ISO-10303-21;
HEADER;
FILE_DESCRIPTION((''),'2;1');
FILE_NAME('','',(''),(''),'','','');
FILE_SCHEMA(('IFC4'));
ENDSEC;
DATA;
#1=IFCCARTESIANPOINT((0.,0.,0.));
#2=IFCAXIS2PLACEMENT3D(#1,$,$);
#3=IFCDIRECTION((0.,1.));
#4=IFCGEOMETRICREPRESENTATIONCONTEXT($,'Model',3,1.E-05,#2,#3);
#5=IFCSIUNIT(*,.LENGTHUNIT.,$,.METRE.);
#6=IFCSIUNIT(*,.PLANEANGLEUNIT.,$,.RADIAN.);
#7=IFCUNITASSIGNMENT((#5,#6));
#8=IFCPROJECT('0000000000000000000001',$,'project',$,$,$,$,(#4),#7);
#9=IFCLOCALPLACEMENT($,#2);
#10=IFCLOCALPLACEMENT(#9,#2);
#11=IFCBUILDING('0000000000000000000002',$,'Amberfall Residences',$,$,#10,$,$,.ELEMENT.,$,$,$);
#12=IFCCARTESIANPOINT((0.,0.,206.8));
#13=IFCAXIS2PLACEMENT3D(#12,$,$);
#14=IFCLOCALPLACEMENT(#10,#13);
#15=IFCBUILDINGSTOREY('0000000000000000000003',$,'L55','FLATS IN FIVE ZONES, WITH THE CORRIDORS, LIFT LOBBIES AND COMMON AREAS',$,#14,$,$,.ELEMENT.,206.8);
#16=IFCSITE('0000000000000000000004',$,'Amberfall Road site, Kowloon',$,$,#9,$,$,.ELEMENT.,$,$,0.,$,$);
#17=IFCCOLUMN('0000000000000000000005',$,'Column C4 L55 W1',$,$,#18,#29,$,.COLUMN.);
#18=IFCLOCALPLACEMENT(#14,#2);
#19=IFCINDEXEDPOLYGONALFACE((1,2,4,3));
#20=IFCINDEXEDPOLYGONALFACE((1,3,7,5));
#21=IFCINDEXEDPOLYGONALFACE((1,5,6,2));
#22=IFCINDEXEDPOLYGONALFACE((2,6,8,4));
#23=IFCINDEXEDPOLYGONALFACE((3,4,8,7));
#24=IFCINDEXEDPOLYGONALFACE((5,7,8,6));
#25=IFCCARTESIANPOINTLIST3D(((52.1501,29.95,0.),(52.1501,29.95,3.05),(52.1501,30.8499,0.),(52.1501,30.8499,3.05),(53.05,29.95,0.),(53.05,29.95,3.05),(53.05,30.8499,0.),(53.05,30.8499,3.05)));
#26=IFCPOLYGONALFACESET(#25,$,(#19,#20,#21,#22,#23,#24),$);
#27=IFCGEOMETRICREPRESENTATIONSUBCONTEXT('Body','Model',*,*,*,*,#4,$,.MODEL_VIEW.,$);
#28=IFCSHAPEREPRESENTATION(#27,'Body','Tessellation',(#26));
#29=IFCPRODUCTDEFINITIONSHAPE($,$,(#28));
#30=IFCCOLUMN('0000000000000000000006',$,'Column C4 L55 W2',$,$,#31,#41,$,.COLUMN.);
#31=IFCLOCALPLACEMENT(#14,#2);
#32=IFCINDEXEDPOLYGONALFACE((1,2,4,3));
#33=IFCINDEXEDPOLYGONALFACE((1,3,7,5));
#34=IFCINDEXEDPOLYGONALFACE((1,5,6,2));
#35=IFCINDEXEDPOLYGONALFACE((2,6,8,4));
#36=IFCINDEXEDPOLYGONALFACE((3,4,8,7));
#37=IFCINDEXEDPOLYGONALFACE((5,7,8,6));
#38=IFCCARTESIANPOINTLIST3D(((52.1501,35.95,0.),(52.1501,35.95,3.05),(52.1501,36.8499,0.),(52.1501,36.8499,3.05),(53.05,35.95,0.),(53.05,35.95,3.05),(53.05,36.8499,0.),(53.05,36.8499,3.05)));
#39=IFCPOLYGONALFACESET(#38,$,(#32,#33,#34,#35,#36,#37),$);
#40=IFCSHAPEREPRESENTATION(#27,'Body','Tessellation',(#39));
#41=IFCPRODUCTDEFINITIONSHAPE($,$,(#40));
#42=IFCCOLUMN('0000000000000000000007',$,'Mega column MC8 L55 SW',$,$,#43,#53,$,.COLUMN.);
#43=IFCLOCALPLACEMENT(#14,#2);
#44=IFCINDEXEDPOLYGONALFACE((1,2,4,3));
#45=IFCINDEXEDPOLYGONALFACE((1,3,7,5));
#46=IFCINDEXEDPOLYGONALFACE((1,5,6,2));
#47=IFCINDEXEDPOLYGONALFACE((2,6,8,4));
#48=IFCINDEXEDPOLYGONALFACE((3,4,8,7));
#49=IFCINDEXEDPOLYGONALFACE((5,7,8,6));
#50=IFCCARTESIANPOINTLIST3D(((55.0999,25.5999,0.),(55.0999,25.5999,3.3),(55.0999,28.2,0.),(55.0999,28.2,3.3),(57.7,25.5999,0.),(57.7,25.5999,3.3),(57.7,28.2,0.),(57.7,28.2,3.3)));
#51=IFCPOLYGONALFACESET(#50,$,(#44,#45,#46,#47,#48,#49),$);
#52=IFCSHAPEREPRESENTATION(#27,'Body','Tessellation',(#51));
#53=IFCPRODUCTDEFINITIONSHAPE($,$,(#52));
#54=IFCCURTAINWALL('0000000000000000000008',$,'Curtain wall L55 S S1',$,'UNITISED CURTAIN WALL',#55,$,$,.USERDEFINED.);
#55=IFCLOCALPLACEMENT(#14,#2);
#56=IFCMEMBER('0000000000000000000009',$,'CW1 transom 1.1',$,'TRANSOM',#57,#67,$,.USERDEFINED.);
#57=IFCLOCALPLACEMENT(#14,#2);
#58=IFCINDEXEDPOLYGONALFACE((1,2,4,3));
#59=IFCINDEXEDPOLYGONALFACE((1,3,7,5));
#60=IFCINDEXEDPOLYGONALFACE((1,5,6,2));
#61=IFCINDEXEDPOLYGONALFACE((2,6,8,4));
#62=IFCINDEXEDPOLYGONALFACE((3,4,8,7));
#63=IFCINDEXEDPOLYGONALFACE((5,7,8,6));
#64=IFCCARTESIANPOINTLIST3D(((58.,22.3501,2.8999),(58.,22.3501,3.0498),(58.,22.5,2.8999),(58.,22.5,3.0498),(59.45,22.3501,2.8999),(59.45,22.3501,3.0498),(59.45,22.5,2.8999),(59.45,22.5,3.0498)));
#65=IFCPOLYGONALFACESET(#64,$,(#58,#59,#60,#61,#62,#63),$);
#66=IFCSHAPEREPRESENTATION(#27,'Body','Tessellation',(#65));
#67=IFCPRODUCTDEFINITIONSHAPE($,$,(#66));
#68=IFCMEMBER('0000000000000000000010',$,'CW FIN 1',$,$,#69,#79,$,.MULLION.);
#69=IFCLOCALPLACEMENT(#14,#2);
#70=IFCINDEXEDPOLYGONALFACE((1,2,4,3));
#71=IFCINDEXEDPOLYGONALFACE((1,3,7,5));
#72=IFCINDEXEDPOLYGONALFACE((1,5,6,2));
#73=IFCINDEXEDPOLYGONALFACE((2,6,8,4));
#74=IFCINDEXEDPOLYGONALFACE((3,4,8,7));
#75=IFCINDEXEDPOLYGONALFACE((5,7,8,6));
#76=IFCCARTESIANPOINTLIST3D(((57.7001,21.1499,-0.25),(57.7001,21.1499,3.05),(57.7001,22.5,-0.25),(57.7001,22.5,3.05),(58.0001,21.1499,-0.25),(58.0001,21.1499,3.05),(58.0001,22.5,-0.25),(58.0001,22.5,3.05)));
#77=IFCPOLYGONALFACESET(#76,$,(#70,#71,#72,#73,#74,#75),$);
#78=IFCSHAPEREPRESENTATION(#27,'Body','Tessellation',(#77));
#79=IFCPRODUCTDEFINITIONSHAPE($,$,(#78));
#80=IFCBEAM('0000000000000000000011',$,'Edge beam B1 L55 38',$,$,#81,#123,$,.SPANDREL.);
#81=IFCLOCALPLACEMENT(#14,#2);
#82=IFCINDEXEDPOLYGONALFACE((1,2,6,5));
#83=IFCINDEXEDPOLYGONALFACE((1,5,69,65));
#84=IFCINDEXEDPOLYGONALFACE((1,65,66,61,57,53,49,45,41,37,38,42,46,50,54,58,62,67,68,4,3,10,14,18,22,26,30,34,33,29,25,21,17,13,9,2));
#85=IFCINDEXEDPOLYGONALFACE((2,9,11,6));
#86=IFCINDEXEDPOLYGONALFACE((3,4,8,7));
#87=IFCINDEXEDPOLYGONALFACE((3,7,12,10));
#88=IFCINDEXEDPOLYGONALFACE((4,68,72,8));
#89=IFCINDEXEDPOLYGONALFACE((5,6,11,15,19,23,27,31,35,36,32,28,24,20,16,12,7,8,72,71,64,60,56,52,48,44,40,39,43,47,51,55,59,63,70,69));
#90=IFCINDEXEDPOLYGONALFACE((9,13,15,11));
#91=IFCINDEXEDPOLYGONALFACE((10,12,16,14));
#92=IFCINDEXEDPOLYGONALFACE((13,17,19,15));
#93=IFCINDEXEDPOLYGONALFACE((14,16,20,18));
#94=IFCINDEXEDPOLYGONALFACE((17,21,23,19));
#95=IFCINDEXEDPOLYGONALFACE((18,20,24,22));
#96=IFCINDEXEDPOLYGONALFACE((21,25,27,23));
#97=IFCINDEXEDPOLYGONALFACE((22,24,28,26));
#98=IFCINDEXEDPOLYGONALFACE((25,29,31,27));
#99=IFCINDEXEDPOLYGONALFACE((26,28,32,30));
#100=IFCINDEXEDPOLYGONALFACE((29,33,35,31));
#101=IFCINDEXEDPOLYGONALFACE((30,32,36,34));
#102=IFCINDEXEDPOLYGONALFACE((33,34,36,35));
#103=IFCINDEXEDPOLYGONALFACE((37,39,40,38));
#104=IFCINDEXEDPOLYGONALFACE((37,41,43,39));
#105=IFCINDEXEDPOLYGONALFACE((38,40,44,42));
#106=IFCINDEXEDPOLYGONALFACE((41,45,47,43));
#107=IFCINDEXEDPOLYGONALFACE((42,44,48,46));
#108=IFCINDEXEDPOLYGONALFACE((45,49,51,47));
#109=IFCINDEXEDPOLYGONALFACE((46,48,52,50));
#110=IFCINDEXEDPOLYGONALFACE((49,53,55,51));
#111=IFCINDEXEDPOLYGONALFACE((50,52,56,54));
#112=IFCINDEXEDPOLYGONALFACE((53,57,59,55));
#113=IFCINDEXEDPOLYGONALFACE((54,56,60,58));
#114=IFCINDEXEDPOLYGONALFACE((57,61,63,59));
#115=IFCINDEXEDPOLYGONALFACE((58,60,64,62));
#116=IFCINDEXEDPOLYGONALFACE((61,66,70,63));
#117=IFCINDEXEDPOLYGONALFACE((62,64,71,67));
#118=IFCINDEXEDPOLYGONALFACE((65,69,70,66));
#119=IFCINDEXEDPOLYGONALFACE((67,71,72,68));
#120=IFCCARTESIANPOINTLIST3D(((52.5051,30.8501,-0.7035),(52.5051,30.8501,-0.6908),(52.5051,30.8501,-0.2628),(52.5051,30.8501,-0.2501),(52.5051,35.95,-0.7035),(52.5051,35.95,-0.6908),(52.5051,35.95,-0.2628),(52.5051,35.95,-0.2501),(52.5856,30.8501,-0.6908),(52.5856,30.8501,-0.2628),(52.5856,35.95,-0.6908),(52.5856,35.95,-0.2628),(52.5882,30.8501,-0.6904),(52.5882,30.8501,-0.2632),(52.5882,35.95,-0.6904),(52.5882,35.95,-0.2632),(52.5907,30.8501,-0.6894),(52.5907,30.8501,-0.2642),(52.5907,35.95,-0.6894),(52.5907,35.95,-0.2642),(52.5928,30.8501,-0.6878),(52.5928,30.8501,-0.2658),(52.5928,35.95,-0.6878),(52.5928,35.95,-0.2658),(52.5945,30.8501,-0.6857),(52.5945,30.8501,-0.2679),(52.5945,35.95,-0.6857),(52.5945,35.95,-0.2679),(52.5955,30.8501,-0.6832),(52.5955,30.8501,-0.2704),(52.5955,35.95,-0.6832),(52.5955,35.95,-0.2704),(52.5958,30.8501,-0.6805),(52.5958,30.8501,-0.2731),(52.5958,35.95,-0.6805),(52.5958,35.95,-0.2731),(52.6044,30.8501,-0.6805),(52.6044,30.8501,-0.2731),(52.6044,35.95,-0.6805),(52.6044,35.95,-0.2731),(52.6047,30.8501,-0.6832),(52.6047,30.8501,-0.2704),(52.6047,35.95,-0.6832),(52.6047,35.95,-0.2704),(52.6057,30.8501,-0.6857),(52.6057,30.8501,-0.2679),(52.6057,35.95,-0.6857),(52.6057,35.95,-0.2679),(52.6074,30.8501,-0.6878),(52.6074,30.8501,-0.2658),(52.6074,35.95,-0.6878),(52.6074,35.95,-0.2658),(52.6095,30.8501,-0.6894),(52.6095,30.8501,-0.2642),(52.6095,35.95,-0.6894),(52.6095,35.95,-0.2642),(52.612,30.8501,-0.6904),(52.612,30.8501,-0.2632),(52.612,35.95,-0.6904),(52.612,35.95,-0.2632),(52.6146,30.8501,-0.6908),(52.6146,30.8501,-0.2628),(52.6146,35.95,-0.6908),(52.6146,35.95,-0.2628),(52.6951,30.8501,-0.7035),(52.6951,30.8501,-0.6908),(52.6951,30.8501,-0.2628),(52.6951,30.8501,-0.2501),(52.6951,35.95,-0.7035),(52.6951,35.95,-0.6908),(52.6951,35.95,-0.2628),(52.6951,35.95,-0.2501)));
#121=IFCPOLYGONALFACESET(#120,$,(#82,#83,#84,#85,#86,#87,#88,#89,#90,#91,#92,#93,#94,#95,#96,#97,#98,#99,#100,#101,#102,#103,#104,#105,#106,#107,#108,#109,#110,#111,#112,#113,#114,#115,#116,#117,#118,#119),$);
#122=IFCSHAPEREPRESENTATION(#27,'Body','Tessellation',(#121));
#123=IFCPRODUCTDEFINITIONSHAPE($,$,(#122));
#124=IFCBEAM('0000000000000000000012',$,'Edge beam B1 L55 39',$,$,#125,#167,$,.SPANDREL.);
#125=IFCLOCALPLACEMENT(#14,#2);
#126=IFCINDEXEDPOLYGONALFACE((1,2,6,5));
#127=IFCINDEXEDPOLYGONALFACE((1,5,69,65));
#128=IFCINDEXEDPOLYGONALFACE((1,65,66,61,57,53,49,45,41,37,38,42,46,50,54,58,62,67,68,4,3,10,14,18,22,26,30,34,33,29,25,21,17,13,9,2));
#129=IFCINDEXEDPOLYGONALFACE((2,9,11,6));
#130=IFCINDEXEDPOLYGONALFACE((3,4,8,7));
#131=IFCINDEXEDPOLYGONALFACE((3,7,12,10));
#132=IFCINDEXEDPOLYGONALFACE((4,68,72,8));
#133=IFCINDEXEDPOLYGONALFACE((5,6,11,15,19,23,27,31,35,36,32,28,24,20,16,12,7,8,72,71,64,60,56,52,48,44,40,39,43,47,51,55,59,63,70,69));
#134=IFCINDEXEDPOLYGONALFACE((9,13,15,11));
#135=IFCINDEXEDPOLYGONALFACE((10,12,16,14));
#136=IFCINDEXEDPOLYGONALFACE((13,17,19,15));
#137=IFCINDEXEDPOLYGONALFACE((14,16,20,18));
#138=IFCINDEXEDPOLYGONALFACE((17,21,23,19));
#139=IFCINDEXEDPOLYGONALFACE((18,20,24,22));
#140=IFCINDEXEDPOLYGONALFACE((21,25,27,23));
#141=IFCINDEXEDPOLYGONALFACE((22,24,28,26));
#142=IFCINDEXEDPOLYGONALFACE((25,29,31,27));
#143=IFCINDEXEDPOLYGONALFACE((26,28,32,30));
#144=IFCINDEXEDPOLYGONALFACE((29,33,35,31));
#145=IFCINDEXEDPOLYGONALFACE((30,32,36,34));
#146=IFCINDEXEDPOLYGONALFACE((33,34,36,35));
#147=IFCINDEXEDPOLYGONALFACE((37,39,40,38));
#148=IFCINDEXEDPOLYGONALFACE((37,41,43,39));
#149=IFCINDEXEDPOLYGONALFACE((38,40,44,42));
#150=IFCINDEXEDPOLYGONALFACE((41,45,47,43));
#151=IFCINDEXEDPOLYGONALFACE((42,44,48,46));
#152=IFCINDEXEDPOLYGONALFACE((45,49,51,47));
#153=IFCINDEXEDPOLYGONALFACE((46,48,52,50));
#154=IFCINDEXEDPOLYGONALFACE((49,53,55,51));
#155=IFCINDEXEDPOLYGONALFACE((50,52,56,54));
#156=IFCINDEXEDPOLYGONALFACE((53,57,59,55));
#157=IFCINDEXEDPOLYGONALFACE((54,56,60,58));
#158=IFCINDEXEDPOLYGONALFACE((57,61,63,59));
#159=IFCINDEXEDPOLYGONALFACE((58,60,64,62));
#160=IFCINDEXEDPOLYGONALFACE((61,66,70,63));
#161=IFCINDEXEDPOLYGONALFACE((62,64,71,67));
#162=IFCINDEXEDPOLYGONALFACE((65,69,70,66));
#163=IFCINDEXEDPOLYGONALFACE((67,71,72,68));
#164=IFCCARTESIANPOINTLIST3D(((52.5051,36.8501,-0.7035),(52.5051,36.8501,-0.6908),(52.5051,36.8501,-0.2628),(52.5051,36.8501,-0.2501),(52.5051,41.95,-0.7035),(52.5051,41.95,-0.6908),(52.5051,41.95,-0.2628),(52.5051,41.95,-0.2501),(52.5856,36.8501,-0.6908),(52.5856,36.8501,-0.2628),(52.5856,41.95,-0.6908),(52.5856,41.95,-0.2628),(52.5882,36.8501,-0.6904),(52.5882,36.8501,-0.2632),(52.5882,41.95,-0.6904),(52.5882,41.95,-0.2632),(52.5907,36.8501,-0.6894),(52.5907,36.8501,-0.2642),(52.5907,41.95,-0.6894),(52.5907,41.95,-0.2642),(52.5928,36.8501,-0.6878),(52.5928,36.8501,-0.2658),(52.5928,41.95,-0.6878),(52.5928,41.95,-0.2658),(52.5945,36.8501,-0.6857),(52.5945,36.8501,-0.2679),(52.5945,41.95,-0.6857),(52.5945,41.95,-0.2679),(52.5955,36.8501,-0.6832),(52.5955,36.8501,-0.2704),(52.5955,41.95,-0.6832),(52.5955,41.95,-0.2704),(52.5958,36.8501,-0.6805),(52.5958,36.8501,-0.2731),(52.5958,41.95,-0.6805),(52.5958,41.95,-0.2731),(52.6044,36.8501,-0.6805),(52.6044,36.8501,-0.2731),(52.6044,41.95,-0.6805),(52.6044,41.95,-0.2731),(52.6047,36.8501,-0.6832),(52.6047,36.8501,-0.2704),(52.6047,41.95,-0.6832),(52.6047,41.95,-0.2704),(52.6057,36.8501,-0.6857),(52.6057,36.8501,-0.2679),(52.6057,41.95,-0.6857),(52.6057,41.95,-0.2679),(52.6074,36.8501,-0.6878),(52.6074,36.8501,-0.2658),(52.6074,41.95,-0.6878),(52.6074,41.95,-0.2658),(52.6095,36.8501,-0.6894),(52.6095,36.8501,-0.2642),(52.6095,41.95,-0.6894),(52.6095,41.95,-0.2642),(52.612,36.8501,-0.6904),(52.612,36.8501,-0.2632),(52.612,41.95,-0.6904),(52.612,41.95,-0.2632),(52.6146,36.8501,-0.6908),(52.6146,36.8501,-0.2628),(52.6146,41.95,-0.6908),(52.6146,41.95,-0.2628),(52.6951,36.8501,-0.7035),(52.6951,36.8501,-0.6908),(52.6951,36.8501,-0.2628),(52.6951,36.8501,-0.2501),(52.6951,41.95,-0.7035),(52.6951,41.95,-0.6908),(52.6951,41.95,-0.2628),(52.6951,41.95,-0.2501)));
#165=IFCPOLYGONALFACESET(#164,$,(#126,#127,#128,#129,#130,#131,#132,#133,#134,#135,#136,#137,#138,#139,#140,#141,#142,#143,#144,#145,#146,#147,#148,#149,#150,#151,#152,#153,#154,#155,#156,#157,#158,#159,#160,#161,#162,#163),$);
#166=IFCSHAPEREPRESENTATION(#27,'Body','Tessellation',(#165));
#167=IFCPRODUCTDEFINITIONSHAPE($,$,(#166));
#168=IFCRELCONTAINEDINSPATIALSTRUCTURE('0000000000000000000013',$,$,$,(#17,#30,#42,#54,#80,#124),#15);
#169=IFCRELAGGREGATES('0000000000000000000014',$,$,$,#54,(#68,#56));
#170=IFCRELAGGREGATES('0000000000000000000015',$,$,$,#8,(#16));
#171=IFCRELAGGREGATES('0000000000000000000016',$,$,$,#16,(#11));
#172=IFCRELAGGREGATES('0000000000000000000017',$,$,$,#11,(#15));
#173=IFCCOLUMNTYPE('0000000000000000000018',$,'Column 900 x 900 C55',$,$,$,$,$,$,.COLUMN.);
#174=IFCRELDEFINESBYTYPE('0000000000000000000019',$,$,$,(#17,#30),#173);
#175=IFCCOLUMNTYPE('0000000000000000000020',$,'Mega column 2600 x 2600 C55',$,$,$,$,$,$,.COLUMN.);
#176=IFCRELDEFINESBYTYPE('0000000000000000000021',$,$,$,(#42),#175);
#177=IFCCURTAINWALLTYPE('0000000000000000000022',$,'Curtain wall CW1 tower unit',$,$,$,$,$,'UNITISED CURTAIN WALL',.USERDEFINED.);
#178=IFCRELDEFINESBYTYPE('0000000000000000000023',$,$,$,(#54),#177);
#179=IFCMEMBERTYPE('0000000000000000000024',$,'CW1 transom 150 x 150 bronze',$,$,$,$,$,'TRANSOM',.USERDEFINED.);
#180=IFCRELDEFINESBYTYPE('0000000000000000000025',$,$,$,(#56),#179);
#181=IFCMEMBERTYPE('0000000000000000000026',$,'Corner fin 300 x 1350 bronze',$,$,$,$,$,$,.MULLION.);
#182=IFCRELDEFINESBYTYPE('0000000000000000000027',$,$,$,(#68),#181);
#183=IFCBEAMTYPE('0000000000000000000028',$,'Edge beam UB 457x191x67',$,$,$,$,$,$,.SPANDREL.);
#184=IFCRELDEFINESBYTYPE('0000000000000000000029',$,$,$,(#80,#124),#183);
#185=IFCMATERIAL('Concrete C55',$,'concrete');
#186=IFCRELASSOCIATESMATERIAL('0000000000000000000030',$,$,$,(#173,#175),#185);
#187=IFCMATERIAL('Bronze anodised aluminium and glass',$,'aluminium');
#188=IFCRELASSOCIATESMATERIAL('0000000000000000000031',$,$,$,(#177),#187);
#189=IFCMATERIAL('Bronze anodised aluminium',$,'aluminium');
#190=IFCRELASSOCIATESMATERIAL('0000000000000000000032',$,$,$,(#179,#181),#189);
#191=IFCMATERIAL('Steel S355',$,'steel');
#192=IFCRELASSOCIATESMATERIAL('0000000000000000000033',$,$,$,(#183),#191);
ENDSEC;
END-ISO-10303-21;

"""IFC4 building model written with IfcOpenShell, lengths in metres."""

from ifc_helpers import new_model, si_unit, direction, frame, origin, origin_2d, place, context, subcontext, project, spatial, rectangle, i_section, extrude, material, material_profile, profile_set, type_object, element, aggregate, save


model = new_model("IFC4")

# Units and contexts
model_context = context("Model", 3, precision=1e-05, world=origin(), true_north=direction((0.0, 1.0)))
body_context = subcontext(model_context, "Body", "Model", "MODEL_VIEW")
ifc_project = project(units=[si_unit("LENGTHUNIT", "METRE"), si_unit("PLANEANGLEUNIT", "RADIAN")], contexts=[model_context])

# Site, building, storey
site_placement = place(None, origin())
site = spatial("IfcSite", under=ifc_project, at=site_placement, Name="Amberfall Road site, Kowloon", CompositionType="ELEMENT", RefElevation=0.0)
building_placement = place(site_placement, origin())
building = spatial("IfcBuilding", under=site, at=building_placement, Name="Amberfall Residences", CompositionType="ELEMENT")
storey_placement = place(building_placement, frame((0.0, 0.0, 206.8)))
storey = spatial("IfcBuildingStorey", under=building, at=storey_placement, Name="L55", Description="FLATS IN FIVE ZONES, WITH THE CORRIDORS, LIFT LOBBIES AND COMMON AREAS", CompositionType="ELEMENT", Elevation=206.8)

# Columns
ifc_material_1 = material(Name="Concrete C55", Category="concrete")
ifc_material_profile_1 = material_profile(ifc_material_1, rectangle(XDim=0.8999, YDim=0.8999, at=origin_2d()), Name="Column 900 x 900 C55")
ifc_profile_set_1 = profile_set([ifc_material_profile_1], Name="Concrete C55")
column_type_1 = type_object("IfcColumnType", Name="Column 900 x 900 C55", PredefinedType="COLUMN", material=ifc_profile_set_1)
for number, where, z_axis, x_axis, name in (
    (1, (52.6001, 30.3999, 0.0), (0.0, 0.0, 1.0), (1.0, 0.0, 0.0), "Column C4 L55 W1"),
    (2, (52.6001, 36.3999, 0.0), (0.0, 0.0, 1.0), (1.0, 0.0, 0.0), "Column C4 L55 W2"),
):
    element("IfcColumn", number, at=place(storey_placement, frame(where, z_axis=z_axis, x_axis=x_axis)), inside=storey, type_object=column_type_1, Name=name, PredefinedType="COLUMN", context=body_context, shape_type="SweptSolid", body=[
        extrude(rectangle(XDim=0.8999, YDim=0.8999, at=origin_2d()), origin(), (0.0, 0.0, 1.0), 3.05),
    ])
ifc_material_profile_2 = material_profile(ifc_material_1, rectangle(XDim=2.6001, YDim=2.6001, at=origin_2d()), Name="Mega column 2600 x 2600 C55")
ifc_profile_set_2 = profile_set([ifc_material_profile_2], Name="Concrete C55")
column_type_2 = type_object("IfcColumnType", Name="Mega column 2600 x 2600 C55", PredefinedType="COLUMN", material=ifc_profile_set_2)
column_placement = place(storey_placement, frame((56.3999, 26.8999, 0.0), z_axis=(0.0, 0.0, 1.0), x_axis=(1.0, 0.0, 0.0)))
element("IfcColumn", 3, at=column_placement, inside=storey, type_object=column_type_2, Name="Mega column MC8 L55 SW", PredefinedType="COLUMN", context=body_context, shape_type="SweptSolid", body=[
    extrude(rectangle(XDim=2.6001, YDim=2.6001, at=origin_2d()), origin(), (0.0, 0.0, 1.0), 3.3),
])

# Curtain wall, members
ifc_material_2 = material(Name="Bronze anodised aluminium and glass", Category="aluminium")
curtain_wall_type = type_object("IfcCurtainWallType", Name="Curtain wall CW1 tower unit", ElementType="UNITISED CURTAIN WALL", PredefinedType="USERDEFINED", material=ifc_material_2)
curtain_wall_placement = place(storey_placement, origin())
curtain_wall = element("IfcCurtainWall", 4, at=curtain_wall_placement, inside=storey, type_object=curtain_wall_type, Name="Curtain wall L55 S S1", ObjectType="UNITISED CURTAIN WALL", PredefinedType="USERDEFINED")
ifc_material_3 = material(Name="Bronze anodised aluminium", Category="aluminium")
ifc_material_profile_3 = material_profile(ifc_material_3, rectangle(XDim=0.1499, YDim=0.1499, at=origin_2d()), Name="CW1 transom 150 x 150 bronze")
ifc_profile_set_3 = profile_set([ifc_material_profile_3], Name="Bronze anodised aluminium")
member_type_1 = type_object("IfcMemberType", Name="CW1 transom 150 x 150 bronze", ElementType="TRANSOM", PredefinedType="USERDEFINED", material=ifc_profile_set_3)
member_1_placement = place(storey_placement, frame((58.0, 22.425, 2.9749), z_axis=(1.0, 0.0, 0.0), x_axis=(0.0, 1.0, 0.0)))
member_1 = element("IfcMember", 5, at=member_1_placement, type_object=member_type_1, Name="CW1 transom 1.1", ObjectType="TRANSOM", PredefinedType="USERDEFINED", context=body_context, shape_type="SweptSolid", body=[
    extrude(rectangle(XDim=0.1499, YDim=0.1499, at=origin_2d()), origin(), (0.0, 0.0, 1.0), 1.45),
])
ifc_material_profile_4 = material_profile(ifc_material_3, rectangle(XDim=1.3501, YDim=0.3, at=origin_2d()), Name="Corner fin 300 x 1350 bronze")
ifc_profile_set_4 = profile_set([ifc_material_profile_4], Name="Bronze anodised aluminium")
member_type_2 = type_object("IfcMemberType", Name="Corner fin 300 x 1350 bronze", PredefinedType="MULLION", material=ifc_profile_set_4)
member_2_placement = place(storey_placement, frame((57.8501, 21.825, -0.25), z_axis=(0.0, 0.0, 1.0), x_axis=(0.0, 1.0, 0.0)))
member_2 = element("IfcMember", 6, at=member_2_placement, type_object=member_type_2, Name="CW FIN 1", PredefinedType="MULLION", context=body_context, shape_type="SweptSolid", body=[
    extrude(rectangle(XDim=1.3501, YDim=0.3, at=origin_2d()), origin(), (0.0, 0.0, 1.0), 3.3),
])
aggregate(curtain_wall, [member_2, member_1])

# Beams
ifc_material_4 = material(Name="Steel S355", Category="steel")
ifc_material_profile_5 = material_profile(ifc_material_4, i_section(OverallWidth=0.1899, OverallDepth=0.4534, WebThickness=0.0085, FlangeThickness=0.0127, FilletRadius=0.0103, at=origin_2d()), Name="UB 457x191x67")
ifc_profile_set_5 = profile_set([ifc_material_profile_5], Name="Steel S355")
beam_type_1 = type_object("IfcBeamType", Name="Edge beam UB 457x191x67", PredefinedType="SPANDREL", material=ifc_profile_set_5)
for number, where, z_axis, x_axis, name in (
    (7, (52.6001, 30.8501, -0.4768), (0.0, 1.0, 0.0), (-1.0, 0.0, 0.0), "Edge beam B1 L55 38"),
    (8, (52.6001, 36.8501, -0.4768), (0.0, 1.0, 0.0), (-1.0, 0.0, 0.0), "Edge beam B1 L55 39"),
):
    element("IfcBeam", number, at=place(storey_placement, frame(where, z_axis=z_axis, x_axis=x_axis)), inside=storey, type_object=beam_type_1, Name=name, PredefinedType="SPANDREL", context=body_context, shape_type="SweptSolid", body=[
        extrude(i_section(OverallWidth=0.1899, OverallDepth=0.4534, WebThickness=0.0085, FlangeThickness=0.0127, FilletRadius=0.0103, at=origin_2d()), origin(), (0.0, 0.0, 1.0), 5.0999),
    ])

save(model, "model.ifc")
